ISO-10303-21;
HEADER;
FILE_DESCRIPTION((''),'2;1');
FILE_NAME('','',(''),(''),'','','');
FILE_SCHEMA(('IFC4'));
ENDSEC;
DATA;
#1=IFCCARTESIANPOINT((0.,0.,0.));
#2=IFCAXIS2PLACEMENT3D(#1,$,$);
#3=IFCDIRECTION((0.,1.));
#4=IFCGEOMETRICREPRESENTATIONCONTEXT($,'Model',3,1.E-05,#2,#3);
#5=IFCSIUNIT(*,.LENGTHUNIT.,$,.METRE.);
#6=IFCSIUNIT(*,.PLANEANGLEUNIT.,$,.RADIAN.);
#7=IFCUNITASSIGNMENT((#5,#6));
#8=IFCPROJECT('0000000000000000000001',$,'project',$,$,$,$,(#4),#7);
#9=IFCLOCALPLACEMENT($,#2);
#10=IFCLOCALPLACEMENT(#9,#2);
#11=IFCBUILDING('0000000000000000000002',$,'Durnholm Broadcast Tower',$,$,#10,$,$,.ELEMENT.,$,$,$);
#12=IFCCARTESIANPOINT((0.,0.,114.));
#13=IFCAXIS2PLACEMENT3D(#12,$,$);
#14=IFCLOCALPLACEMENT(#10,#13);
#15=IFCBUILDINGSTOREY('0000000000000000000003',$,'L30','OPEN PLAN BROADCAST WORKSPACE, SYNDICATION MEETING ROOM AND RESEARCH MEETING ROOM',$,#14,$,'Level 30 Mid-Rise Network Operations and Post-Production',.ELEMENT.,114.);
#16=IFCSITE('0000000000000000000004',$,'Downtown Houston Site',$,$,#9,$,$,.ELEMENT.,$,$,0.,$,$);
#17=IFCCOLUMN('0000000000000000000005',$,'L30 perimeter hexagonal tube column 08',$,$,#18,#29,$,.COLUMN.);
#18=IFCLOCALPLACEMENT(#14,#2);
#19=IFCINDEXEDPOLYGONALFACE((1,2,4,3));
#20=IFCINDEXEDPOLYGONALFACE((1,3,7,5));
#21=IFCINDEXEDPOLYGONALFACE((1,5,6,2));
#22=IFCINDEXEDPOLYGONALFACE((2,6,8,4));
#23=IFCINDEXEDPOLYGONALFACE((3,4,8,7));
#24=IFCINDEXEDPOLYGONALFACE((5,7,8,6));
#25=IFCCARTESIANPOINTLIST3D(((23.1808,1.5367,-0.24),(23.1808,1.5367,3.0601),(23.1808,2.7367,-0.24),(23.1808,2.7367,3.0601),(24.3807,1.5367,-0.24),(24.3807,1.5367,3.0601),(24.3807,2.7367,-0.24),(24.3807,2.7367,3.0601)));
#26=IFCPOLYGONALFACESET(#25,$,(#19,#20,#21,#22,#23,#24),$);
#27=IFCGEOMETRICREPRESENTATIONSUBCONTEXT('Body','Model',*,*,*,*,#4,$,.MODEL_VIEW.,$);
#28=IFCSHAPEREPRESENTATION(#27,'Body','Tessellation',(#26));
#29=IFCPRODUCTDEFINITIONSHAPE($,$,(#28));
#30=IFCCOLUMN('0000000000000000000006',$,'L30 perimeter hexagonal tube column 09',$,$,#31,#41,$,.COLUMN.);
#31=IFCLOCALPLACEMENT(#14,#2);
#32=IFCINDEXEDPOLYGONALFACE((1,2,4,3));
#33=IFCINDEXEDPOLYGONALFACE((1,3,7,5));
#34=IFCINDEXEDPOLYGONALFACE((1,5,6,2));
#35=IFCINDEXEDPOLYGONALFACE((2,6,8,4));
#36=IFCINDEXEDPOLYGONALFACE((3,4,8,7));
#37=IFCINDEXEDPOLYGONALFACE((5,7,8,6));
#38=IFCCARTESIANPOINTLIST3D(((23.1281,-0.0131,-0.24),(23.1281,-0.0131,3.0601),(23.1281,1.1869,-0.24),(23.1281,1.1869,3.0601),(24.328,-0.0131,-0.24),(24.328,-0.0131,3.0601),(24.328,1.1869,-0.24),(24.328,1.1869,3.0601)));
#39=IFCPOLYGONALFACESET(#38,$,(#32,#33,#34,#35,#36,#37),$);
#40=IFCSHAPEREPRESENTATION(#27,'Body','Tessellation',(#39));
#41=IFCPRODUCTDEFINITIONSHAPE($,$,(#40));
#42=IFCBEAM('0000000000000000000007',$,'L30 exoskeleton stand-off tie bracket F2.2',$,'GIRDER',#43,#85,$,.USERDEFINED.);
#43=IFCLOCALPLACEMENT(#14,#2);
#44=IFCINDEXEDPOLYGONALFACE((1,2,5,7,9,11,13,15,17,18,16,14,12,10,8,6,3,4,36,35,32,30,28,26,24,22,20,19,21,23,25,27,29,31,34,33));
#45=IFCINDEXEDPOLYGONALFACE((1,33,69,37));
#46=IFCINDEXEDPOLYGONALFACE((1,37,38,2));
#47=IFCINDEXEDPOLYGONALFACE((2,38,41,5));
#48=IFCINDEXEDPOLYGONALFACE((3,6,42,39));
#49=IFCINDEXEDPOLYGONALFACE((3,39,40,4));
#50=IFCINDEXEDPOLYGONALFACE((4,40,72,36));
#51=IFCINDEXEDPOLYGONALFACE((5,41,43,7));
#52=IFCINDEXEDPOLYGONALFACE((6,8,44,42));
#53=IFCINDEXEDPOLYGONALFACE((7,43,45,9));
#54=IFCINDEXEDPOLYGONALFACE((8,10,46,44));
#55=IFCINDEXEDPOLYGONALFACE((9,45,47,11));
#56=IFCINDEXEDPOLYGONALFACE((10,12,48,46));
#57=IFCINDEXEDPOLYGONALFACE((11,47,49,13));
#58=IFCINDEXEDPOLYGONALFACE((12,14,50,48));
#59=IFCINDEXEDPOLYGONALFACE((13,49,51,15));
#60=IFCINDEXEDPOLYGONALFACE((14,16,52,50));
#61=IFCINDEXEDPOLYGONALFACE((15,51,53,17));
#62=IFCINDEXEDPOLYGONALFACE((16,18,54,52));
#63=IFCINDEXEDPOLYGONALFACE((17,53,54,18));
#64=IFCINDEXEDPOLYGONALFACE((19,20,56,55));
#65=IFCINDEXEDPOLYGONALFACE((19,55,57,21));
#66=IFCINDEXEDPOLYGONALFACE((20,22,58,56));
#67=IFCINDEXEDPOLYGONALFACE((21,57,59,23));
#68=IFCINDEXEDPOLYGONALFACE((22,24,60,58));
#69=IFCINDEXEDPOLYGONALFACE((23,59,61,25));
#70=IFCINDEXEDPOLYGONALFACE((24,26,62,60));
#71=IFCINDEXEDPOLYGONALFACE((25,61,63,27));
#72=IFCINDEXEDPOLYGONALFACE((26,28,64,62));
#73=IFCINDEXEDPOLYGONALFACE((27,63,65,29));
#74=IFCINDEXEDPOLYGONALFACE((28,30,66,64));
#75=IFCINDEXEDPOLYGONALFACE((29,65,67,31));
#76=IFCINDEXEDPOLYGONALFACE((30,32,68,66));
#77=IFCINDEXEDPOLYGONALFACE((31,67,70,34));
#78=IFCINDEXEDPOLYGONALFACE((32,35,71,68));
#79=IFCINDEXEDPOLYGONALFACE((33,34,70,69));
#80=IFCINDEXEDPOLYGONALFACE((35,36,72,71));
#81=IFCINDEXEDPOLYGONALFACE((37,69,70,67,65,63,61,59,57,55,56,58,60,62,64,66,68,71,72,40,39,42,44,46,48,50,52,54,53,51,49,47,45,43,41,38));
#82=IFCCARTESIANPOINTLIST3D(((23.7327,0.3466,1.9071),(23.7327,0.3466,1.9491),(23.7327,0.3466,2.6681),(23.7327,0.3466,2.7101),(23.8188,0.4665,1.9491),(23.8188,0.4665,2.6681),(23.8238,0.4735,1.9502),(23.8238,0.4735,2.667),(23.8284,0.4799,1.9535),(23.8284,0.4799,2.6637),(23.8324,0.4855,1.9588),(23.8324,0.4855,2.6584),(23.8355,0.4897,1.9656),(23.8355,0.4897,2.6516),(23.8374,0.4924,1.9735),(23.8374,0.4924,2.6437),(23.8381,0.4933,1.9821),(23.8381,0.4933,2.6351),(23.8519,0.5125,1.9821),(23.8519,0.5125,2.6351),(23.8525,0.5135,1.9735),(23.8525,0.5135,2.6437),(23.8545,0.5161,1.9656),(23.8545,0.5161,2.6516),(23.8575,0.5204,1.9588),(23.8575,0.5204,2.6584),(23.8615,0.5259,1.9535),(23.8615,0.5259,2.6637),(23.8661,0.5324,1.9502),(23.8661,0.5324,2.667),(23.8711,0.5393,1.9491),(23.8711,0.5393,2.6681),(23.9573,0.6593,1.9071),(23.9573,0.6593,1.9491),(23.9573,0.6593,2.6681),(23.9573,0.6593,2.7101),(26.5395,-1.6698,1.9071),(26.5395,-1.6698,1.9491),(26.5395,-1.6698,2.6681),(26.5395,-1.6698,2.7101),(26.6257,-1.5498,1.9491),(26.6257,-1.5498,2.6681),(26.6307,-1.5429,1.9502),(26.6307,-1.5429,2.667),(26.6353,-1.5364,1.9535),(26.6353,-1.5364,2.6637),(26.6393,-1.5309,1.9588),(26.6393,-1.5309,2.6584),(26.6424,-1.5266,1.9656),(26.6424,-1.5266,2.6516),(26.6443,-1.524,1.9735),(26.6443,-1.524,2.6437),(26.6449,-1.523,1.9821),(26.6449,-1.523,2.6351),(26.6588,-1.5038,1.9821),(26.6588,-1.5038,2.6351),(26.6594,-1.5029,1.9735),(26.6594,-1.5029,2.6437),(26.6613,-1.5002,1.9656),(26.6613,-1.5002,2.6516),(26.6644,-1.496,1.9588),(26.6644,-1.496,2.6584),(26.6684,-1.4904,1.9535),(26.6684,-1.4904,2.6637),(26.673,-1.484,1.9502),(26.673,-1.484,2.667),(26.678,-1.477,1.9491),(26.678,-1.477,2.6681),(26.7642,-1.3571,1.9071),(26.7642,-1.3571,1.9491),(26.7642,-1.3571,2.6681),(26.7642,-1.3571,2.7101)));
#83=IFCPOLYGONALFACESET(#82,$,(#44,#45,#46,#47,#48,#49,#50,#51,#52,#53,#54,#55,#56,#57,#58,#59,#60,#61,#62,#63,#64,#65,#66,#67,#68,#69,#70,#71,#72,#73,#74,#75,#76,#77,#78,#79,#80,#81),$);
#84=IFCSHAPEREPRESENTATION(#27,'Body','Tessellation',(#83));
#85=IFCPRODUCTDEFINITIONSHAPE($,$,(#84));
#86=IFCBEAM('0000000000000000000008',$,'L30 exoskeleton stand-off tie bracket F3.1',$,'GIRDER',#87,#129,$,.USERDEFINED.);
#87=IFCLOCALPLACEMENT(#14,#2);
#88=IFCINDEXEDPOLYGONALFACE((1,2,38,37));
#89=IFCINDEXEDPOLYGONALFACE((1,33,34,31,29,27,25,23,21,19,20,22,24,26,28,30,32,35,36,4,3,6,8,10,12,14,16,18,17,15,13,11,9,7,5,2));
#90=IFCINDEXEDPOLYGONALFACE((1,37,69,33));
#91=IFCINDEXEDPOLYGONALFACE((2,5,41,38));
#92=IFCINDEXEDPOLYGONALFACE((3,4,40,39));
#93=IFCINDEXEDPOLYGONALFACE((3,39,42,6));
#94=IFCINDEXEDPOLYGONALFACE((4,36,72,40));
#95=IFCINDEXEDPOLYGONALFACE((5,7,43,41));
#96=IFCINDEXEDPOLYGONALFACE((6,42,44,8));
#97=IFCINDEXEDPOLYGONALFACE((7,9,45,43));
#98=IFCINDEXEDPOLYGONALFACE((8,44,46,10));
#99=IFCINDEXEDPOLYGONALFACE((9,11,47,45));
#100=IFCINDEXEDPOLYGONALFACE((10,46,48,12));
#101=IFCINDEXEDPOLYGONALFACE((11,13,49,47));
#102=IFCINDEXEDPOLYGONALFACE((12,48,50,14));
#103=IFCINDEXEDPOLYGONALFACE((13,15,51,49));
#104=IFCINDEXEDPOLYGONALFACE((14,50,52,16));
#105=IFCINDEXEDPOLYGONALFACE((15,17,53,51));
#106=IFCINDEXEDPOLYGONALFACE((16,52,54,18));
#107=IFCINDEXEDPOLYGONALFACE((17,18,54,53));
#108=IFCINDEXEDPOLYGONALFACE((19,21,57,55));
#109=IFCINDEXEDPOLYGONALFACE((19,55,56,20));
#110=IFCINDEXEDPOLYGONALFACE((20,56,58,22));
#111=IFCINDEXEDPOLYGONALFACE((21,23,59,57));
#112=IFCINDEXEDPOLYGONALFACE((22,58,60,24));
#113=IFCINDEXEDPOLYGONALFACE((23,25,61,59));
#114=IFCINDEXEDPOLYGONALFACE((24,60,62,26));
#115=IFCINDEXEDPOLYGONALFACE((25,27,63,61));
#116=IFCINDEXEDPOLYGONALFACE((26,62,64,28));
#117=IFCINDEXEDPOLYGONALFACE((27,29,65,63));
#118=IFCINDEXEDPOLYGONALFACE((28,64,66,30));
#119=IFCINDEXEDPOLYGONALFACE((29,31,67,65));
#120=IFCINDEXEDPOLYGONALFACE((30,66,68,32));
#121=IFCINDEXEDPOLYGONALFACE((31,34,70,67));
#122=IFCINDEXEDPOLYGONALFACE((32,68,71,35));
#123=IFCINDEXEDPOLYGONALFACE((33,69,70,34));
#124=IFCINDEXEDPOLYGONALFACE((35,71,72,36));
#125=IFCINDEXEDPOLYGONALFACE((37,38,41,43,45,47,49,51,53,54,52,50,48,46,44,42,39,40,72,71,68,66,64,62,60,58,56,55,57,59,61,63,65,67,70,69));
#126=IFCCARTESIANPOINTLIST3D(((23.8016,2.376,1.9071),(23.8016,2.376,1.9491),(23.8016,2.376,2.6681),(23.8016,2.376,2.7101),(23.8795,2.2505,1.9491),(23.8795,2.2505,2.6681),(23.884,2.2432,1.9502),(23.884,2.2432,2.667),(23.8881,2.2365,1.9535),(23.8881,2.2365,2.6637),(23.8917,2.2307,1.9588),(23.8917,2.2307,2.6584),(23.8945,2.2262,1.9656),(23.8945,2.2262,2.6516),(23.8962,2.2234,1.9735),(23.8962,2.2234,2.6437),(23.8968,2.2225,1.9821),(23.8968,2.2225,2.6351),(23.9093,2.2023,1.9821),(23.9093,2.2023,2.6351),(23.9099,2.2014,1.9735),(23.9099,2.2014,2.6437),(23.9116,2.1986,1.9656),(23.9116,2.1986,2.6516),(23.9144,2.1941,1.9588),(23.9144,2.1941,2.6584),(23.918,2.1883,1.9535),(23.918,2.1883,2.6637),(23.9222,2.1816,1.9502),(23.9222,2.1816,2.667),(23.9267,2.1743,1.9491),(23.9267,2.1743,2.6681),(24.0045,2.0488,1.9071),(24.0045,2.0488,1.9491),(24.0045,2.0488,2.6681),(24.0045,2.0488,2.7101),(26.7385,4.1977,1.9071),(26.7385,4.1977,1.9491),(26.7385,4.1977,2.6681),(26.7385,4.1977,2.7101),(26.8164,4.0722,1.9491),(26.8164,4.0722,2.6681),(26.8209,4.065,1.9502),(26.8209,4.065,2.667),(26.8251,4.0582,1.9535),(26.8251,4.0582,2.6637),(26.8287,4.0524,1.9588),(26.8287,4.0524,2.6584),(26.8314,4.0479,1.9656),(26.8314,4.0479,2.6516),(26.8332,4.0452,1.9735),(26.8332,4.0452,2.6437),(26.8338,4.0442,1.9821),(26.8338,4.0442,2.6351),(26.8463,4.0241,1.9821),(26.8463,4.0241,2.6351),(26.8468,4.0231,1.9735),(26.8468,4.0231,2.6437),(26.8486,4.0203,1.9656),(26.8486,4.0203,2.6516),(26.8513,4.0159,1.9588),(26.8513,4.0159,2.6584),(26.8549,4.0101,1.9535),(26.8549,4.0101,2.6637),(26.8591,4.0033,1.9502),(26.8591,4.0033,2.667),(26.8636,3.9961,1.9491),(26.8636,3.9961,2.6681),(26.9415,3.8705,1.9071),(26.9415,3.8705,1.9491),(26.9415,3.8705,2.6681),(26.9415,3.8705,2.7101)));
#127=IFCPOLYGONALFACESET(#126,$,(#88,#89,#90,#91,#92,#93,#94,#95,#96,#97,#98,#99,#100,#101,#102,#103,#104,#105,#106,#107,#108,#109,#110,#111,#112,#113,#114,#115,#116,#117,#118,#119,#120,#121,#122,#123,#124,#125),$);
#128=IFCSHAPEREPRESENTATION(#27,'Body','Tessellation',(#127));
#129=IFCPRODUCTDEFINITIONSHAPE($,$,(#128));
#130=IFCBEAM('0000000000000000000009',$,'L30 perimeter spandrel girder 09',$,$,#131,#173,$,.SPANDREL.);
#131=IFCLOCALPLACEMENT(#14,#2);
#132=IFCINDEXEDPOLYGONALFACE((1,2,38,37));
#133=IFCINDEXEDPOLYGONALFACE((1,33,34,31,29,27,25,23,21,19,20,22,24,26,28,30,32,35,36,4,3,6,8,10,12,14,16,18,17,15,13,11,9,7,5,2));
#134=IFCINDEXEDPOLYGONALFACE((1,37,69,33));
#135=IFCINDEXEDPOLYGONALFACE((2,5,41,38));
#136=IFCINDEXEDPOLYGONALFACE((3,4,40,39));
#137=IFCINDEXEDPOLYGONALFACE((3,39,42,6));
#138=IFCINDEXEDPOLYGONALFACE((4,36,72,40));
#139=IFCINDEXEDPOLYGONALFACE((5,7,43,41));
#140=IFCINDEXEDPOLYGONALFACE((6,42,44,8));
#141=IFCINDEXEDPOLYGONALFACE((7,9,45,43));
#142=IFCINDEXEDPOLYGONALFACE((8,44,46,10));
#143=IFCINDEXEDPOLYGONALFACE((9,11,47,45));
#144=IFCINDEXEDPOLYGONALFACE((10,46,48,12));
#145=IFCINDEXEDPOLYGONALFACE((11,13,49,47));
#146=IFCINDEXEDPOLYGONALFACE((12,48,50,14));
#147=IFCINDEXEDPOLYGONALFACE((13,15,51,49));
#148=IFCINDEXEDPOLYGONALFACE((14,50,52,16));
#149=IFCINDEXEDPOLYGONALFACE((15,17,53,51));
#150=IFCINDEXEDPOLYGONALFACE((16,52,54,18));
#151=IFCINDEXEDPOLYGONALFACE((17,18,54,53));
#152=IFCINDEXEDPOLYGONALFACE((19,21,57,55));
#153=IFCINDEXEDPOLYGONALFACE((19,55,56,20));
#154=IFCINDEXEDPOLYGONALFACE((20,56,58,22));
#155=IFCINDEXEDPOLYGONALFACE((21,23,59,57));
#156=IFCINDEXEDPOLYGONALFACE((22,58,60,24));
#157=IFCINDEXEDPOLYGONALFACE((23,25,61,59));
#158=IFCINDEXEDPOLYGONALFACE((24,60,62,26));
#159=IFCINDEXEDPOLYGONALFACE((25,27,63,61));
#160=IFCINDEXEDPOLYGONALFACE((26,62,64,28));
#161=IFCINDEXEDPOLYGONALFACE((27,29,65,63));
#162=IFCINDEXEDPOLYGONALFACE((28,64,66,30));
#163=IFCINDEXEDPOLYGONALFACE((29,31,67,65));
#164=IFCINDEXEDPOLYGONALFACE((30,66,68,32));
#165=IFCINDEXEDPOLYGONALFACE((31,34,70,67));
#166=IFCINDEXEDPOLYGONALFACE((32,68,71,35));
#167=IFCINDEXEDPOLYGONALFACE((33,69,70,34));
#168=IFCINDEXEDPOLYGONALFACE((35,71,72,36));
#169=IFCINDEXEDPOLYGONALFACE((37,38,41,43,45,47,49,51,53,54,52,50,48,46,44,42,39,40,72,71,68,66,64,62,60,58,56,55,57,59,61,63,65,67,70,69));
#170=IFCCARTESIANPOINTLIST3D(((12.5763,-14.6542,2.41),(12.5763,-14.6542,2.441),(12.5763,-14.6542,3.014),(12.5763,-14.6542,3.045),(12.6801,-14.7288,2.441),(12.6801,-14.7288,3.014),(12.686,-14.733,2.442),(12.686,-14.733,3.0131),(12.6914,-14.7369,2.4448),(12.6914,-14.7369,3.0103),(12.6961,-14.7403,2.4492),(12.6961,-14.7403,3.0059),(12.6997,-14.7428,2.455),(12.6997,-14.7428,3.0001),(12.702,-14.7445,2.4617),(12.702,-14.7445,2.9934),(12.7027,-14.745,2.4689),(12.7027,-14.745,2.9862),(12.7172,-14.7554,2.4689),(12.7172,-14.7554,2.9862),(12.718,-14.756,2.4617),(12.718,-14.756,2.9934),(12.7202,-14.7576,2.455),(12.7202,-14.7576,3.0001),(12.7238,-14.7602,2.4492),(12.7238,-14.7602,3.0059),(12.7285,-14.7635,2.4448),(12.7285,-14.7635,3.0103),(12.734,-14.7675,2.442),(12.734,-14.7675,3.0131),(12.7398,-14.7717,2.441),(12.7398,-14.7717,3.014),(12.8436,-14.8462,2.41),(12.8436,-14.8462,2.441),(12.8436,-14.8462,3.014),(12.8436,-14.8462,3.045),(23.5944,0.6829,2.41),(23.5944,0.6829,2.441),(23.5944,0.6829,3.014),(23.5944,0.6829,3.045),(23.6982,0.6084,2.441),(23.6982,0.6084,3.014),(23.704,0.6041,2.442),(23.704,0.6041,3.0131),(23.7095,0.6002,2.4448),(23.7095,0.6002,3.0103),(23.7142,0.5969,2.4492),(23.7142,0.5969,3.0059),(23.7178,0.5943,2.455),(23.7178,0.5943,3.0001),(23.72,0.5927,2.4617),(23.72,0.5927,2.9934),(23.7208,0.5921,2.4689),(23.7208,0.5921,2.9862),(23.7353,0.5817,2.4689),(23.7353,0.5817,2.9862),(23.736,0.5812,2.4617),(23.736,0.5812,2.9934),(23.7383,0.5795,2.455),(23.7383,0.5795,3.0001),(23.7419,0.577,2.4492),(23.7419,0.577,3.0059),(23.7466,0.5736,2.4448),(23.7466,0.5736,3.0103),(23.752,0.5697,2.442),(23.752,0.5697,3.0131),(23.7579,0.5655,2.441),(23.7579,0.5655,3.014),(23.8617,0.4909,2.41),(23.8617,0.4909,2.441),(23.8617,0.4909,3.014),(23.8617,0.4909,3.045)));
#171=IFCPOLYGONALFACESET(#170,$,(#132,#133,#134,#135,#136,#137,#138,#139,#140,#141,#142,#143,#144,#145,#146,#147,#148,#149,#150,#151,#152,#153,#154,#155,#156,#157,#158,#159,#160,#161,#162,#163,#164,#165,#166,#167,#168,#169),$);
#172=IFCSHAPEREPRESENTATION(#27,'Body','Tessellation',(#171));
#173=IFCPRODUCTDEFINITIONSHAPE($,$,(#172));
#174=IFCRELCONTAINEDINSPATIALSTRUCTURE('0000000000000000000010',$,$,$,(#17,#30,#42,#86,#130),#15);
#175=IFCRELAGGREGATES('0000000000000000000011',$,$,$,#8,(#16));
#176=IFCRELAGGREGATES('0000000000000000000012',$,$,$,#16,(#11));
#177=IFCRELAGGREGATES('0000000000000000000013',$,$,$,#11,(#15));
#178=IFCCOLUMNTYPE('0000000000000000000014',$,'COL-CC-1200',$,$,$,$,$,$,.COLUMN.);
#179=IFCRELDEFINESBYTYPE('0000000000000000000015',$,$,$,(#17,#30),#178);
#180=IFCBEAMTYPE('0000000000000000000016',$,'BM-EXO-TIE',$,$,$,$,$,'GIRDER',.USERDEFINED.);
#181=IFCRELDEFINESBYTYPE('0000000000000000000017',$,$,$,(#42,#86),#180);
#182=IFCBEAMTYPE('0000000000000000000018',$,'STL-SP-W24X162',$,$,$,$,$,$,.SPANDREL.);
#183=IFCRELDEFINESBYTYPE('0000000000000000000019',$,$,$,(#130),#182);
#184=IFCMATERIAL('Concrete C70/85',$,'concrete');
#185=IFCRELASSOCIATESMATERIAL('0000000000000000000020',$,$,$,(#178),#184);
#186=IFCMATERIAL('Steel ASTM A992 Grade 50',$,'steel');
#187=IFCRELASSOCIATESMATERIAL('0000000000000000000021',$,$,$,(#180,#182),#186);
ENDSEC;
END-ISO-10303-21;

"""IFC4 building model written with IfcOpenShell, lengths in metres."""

from ifc_helpers import new_model, si_unit, direction, frame, origin, origin_2d, place, context, subcontext, project, spatial, rectangle, i_section, extrude, source, transform, mapped, material, material_profile, profile_set, type_object, type_shapes, element, save


model = new_model("IFC4")

# Units and contexts
model_context = context("Model", 3, precision=1e-05, world=origin(), true_north=direction((0.0, 1.0)))
body_context = subcontext(model_context, "Body", "Model", "MODEL_VIEW")
ifc_project = project(units=[si_unit("LENGTHUNIT", "METRE"), si_unit("PLANEANGLEUNIT", "RADIAN")], contexts=[model_context])

# Site, building, storey
site_placement = place(None, origin())
site = spatial("IfcSite", under=ifc_project, at=site_placement, Name="Downtown Houston Site", CompositionType="ELEMENT", RefElevation=0.0)
building_placement = place(site_placement, origin())
building = spatial("IfcBuilding", under=site, at=building_placement, Name="Durnholm Broadcast Tower", CompositionType="ELEMENT")
storey_placement = place(building_placement, frame((0.0, 0.0, 114.0)))
storey = spatial("IfcBuildingStorey", under=building, at=storey_placement, Name="L30", Description="OPEN PLAN BROADCAST WORKSPACE, SYNDICATION MEETING ROOM AND RESEARCH MEETING ROOM", LongName="Level 30 Mid-Rise Network Operations and Post-Production", CompositionType="ELEMENT", Elevation=114.0)

# Columns
ifc_material_1 = material(Name="Concrete C70/85", Category="concrete")
ifc_material_profile_1 = material_profile(ifc_material_1, rectangle(XDim=1.2, YDim=1.2, at=origin_2d()), Name="RC1200X1200")
ifc_profile_set_1 = profile_set([ifc_material_profile_1], Name="Concrete C70/85")
column_type = type_object("IfcColumnType", Name="COL-CC-1200", PredefinedType="COLUMN", material=ifc_profile_set_1)
shared_shape_1 = source(origin(), body_context, "Body", "SweptSolid", [
    extrude(rectangle(XDim=1.2, YDim=1.2, at=origin_2d()), origin(), (0.0, 0.0, 1.0), 3.3),
])
type_shapes(column_type, [shared_shape_1])
for number, where, z_axis, x_axis, name in (
    (1, (23.7808, 2.1367, -0.24), (0.0, 0.0, 1.0), (1.0, 0.0, 0.0), "L30 perimeter hexagonal tube column 08"),
    (2, (23.728, 0.5869, -0.24), (0.0, 0.0, 1.0), (1.0, 0.0, 0.0), "L30 perimeter hexagonal tube column 09"),
):
    element("IfcColumn", number, at=place(storey_placement, frame(where, z_axis=z_axis, x_axis=x_axis)), inside=storey, type_object=column_type, Name=name, PredefinedType="COLUMN", context=body_context, shape_type="MappedRepresentation", body=[
        mapped(shared_shape_1, transform((0.0, 0.0, 0.0), x_axis=(1.0, 0.0, 0.0), y_axis=(0.0, 1.0, 0.0), z_axis=(0.0, 0.0, 1.0), scale=1.0)),
    ])

# Beams
ifc_material_2 = material(Name="Steel ASTM A992 Grade 50", Category="steel")
ifc_material_profile_2 = material_profile(ifc_material_2, i_section(OverallWidth=0.385, OverallDepth=0.803, WebThickness=0.0237, FlangeThickness=0.042, FilletRadius=0.033, at=origin_2d()), Name="W30X261")
ifc_profile_set_2 = profile_set([ifc_material_profile_2], Name="Steel ASTM A992 Grade 50")
beam_type_1 = type_object("IfcBeamType", Name="BM-EXO-TIE", ElementType="GIRDER", PredefinedType="USERDEFINED", material=ifc_profile_set_2)
shared_shape_2 = source(origin(), body_context, "Body", "SweptSolid", [
    extrude(i_section(OverallWidth=0.385, OverallDepth=0.803, WebThickness=0.0237, FlangeThickness=0.042, FilletRadius=0.033, at=origin_2d()), origin(), (0.0, 0.0, 1.0), 3.4561),
])
for number, where, z_axis, x_axis, name in (
    (3, (23.845, 0.5029, 2.3086), (0.812165, -0.583428, 0.0), (0.583428, 0.812165, 0.0), "L30 exoskeleton stand-off tie bracket F2.2"),
    (4, (23.9031, 2.2124, 2.3086), (0.849795, 0.527113, 0.0), (-0.527113, 0.849795, 0.0), "L30 exoskeleton stand-off tie bracket F3.1"),
):
    element("IfcBeam", number, at=place(storey_placement, frame(where, z_axis=z_axis, x_axis=x_axis)), inside=storey, type_object=beam_type_1, Name=name, ObjectType="GIRDER", PredefinedType="USERDEFINED", context=body_context, shape_type="MappedRepresentation", body=[
        mapped(shared_shape_2, transform((0.0, 0.0, 0.0), x_axis=(1.0, 0.0, 0.0), y_axis=(0.0, 1.0, 0.0), z_axis=(0.0, 0.0, 1.0), scale=1.0)),
    ])
ifc_material_profile_3 = material_profile(ifc_material_2, i_section(OverallWidth=0.3291, OverallDepth=0.635, WebThickness=0.0178, FlangeThickness=0.031, FilletRadius=0.0278, at=origin_2d()), Name="W24X162")
ifc_profile_set_3 = profile_set([ifc_material_profile_3], Name="Steel ASTM A992 Grade 50")
beam_type_2 = type_object("IfcBeamType", Name="STL-SP-W24X162", PredefinedType="SPANDREL", material=ifc_profile_set_3)
shared_shape_3 = source(origin(), body_context, "Body", "SweptSolid", [
    extrude(i_section(OverallWidth=0.3291, OverallDepth=0.635, WebThickness=0.0178, FlangeThickness=0.031, FilletRadius=0.0278, at=origin_2d()), origin(), (0.0, 0.0, 1.0), 18.8845),
])
beam_1_placement = place(storey_placement, frame((23.728, 0.5869, 2.7275), z_axis=(-0.583443, -0.812154, 0.0), x_axis=(0.812154, -0.583443, 0.0)))
element("IfcBeam", 5, at=beam_1_placement, inside=storey, type_object=beam_type_2, Name="L30 perimeter spandrel girder 09", PredefinedType="SPANDREL", context=body_context, shape_type="MappedRepresentation", body=[
    mapped(shared_shape_3, transform((0.0, 0.0, 0.0), x_axis=(1.0, 0.0, 0.0), y_axis=(0.0, 1.0, 0.0), z_axis=(0.0, 0.0, 1.0), scale=1.0)),
])

save(model, "model.ifc")
